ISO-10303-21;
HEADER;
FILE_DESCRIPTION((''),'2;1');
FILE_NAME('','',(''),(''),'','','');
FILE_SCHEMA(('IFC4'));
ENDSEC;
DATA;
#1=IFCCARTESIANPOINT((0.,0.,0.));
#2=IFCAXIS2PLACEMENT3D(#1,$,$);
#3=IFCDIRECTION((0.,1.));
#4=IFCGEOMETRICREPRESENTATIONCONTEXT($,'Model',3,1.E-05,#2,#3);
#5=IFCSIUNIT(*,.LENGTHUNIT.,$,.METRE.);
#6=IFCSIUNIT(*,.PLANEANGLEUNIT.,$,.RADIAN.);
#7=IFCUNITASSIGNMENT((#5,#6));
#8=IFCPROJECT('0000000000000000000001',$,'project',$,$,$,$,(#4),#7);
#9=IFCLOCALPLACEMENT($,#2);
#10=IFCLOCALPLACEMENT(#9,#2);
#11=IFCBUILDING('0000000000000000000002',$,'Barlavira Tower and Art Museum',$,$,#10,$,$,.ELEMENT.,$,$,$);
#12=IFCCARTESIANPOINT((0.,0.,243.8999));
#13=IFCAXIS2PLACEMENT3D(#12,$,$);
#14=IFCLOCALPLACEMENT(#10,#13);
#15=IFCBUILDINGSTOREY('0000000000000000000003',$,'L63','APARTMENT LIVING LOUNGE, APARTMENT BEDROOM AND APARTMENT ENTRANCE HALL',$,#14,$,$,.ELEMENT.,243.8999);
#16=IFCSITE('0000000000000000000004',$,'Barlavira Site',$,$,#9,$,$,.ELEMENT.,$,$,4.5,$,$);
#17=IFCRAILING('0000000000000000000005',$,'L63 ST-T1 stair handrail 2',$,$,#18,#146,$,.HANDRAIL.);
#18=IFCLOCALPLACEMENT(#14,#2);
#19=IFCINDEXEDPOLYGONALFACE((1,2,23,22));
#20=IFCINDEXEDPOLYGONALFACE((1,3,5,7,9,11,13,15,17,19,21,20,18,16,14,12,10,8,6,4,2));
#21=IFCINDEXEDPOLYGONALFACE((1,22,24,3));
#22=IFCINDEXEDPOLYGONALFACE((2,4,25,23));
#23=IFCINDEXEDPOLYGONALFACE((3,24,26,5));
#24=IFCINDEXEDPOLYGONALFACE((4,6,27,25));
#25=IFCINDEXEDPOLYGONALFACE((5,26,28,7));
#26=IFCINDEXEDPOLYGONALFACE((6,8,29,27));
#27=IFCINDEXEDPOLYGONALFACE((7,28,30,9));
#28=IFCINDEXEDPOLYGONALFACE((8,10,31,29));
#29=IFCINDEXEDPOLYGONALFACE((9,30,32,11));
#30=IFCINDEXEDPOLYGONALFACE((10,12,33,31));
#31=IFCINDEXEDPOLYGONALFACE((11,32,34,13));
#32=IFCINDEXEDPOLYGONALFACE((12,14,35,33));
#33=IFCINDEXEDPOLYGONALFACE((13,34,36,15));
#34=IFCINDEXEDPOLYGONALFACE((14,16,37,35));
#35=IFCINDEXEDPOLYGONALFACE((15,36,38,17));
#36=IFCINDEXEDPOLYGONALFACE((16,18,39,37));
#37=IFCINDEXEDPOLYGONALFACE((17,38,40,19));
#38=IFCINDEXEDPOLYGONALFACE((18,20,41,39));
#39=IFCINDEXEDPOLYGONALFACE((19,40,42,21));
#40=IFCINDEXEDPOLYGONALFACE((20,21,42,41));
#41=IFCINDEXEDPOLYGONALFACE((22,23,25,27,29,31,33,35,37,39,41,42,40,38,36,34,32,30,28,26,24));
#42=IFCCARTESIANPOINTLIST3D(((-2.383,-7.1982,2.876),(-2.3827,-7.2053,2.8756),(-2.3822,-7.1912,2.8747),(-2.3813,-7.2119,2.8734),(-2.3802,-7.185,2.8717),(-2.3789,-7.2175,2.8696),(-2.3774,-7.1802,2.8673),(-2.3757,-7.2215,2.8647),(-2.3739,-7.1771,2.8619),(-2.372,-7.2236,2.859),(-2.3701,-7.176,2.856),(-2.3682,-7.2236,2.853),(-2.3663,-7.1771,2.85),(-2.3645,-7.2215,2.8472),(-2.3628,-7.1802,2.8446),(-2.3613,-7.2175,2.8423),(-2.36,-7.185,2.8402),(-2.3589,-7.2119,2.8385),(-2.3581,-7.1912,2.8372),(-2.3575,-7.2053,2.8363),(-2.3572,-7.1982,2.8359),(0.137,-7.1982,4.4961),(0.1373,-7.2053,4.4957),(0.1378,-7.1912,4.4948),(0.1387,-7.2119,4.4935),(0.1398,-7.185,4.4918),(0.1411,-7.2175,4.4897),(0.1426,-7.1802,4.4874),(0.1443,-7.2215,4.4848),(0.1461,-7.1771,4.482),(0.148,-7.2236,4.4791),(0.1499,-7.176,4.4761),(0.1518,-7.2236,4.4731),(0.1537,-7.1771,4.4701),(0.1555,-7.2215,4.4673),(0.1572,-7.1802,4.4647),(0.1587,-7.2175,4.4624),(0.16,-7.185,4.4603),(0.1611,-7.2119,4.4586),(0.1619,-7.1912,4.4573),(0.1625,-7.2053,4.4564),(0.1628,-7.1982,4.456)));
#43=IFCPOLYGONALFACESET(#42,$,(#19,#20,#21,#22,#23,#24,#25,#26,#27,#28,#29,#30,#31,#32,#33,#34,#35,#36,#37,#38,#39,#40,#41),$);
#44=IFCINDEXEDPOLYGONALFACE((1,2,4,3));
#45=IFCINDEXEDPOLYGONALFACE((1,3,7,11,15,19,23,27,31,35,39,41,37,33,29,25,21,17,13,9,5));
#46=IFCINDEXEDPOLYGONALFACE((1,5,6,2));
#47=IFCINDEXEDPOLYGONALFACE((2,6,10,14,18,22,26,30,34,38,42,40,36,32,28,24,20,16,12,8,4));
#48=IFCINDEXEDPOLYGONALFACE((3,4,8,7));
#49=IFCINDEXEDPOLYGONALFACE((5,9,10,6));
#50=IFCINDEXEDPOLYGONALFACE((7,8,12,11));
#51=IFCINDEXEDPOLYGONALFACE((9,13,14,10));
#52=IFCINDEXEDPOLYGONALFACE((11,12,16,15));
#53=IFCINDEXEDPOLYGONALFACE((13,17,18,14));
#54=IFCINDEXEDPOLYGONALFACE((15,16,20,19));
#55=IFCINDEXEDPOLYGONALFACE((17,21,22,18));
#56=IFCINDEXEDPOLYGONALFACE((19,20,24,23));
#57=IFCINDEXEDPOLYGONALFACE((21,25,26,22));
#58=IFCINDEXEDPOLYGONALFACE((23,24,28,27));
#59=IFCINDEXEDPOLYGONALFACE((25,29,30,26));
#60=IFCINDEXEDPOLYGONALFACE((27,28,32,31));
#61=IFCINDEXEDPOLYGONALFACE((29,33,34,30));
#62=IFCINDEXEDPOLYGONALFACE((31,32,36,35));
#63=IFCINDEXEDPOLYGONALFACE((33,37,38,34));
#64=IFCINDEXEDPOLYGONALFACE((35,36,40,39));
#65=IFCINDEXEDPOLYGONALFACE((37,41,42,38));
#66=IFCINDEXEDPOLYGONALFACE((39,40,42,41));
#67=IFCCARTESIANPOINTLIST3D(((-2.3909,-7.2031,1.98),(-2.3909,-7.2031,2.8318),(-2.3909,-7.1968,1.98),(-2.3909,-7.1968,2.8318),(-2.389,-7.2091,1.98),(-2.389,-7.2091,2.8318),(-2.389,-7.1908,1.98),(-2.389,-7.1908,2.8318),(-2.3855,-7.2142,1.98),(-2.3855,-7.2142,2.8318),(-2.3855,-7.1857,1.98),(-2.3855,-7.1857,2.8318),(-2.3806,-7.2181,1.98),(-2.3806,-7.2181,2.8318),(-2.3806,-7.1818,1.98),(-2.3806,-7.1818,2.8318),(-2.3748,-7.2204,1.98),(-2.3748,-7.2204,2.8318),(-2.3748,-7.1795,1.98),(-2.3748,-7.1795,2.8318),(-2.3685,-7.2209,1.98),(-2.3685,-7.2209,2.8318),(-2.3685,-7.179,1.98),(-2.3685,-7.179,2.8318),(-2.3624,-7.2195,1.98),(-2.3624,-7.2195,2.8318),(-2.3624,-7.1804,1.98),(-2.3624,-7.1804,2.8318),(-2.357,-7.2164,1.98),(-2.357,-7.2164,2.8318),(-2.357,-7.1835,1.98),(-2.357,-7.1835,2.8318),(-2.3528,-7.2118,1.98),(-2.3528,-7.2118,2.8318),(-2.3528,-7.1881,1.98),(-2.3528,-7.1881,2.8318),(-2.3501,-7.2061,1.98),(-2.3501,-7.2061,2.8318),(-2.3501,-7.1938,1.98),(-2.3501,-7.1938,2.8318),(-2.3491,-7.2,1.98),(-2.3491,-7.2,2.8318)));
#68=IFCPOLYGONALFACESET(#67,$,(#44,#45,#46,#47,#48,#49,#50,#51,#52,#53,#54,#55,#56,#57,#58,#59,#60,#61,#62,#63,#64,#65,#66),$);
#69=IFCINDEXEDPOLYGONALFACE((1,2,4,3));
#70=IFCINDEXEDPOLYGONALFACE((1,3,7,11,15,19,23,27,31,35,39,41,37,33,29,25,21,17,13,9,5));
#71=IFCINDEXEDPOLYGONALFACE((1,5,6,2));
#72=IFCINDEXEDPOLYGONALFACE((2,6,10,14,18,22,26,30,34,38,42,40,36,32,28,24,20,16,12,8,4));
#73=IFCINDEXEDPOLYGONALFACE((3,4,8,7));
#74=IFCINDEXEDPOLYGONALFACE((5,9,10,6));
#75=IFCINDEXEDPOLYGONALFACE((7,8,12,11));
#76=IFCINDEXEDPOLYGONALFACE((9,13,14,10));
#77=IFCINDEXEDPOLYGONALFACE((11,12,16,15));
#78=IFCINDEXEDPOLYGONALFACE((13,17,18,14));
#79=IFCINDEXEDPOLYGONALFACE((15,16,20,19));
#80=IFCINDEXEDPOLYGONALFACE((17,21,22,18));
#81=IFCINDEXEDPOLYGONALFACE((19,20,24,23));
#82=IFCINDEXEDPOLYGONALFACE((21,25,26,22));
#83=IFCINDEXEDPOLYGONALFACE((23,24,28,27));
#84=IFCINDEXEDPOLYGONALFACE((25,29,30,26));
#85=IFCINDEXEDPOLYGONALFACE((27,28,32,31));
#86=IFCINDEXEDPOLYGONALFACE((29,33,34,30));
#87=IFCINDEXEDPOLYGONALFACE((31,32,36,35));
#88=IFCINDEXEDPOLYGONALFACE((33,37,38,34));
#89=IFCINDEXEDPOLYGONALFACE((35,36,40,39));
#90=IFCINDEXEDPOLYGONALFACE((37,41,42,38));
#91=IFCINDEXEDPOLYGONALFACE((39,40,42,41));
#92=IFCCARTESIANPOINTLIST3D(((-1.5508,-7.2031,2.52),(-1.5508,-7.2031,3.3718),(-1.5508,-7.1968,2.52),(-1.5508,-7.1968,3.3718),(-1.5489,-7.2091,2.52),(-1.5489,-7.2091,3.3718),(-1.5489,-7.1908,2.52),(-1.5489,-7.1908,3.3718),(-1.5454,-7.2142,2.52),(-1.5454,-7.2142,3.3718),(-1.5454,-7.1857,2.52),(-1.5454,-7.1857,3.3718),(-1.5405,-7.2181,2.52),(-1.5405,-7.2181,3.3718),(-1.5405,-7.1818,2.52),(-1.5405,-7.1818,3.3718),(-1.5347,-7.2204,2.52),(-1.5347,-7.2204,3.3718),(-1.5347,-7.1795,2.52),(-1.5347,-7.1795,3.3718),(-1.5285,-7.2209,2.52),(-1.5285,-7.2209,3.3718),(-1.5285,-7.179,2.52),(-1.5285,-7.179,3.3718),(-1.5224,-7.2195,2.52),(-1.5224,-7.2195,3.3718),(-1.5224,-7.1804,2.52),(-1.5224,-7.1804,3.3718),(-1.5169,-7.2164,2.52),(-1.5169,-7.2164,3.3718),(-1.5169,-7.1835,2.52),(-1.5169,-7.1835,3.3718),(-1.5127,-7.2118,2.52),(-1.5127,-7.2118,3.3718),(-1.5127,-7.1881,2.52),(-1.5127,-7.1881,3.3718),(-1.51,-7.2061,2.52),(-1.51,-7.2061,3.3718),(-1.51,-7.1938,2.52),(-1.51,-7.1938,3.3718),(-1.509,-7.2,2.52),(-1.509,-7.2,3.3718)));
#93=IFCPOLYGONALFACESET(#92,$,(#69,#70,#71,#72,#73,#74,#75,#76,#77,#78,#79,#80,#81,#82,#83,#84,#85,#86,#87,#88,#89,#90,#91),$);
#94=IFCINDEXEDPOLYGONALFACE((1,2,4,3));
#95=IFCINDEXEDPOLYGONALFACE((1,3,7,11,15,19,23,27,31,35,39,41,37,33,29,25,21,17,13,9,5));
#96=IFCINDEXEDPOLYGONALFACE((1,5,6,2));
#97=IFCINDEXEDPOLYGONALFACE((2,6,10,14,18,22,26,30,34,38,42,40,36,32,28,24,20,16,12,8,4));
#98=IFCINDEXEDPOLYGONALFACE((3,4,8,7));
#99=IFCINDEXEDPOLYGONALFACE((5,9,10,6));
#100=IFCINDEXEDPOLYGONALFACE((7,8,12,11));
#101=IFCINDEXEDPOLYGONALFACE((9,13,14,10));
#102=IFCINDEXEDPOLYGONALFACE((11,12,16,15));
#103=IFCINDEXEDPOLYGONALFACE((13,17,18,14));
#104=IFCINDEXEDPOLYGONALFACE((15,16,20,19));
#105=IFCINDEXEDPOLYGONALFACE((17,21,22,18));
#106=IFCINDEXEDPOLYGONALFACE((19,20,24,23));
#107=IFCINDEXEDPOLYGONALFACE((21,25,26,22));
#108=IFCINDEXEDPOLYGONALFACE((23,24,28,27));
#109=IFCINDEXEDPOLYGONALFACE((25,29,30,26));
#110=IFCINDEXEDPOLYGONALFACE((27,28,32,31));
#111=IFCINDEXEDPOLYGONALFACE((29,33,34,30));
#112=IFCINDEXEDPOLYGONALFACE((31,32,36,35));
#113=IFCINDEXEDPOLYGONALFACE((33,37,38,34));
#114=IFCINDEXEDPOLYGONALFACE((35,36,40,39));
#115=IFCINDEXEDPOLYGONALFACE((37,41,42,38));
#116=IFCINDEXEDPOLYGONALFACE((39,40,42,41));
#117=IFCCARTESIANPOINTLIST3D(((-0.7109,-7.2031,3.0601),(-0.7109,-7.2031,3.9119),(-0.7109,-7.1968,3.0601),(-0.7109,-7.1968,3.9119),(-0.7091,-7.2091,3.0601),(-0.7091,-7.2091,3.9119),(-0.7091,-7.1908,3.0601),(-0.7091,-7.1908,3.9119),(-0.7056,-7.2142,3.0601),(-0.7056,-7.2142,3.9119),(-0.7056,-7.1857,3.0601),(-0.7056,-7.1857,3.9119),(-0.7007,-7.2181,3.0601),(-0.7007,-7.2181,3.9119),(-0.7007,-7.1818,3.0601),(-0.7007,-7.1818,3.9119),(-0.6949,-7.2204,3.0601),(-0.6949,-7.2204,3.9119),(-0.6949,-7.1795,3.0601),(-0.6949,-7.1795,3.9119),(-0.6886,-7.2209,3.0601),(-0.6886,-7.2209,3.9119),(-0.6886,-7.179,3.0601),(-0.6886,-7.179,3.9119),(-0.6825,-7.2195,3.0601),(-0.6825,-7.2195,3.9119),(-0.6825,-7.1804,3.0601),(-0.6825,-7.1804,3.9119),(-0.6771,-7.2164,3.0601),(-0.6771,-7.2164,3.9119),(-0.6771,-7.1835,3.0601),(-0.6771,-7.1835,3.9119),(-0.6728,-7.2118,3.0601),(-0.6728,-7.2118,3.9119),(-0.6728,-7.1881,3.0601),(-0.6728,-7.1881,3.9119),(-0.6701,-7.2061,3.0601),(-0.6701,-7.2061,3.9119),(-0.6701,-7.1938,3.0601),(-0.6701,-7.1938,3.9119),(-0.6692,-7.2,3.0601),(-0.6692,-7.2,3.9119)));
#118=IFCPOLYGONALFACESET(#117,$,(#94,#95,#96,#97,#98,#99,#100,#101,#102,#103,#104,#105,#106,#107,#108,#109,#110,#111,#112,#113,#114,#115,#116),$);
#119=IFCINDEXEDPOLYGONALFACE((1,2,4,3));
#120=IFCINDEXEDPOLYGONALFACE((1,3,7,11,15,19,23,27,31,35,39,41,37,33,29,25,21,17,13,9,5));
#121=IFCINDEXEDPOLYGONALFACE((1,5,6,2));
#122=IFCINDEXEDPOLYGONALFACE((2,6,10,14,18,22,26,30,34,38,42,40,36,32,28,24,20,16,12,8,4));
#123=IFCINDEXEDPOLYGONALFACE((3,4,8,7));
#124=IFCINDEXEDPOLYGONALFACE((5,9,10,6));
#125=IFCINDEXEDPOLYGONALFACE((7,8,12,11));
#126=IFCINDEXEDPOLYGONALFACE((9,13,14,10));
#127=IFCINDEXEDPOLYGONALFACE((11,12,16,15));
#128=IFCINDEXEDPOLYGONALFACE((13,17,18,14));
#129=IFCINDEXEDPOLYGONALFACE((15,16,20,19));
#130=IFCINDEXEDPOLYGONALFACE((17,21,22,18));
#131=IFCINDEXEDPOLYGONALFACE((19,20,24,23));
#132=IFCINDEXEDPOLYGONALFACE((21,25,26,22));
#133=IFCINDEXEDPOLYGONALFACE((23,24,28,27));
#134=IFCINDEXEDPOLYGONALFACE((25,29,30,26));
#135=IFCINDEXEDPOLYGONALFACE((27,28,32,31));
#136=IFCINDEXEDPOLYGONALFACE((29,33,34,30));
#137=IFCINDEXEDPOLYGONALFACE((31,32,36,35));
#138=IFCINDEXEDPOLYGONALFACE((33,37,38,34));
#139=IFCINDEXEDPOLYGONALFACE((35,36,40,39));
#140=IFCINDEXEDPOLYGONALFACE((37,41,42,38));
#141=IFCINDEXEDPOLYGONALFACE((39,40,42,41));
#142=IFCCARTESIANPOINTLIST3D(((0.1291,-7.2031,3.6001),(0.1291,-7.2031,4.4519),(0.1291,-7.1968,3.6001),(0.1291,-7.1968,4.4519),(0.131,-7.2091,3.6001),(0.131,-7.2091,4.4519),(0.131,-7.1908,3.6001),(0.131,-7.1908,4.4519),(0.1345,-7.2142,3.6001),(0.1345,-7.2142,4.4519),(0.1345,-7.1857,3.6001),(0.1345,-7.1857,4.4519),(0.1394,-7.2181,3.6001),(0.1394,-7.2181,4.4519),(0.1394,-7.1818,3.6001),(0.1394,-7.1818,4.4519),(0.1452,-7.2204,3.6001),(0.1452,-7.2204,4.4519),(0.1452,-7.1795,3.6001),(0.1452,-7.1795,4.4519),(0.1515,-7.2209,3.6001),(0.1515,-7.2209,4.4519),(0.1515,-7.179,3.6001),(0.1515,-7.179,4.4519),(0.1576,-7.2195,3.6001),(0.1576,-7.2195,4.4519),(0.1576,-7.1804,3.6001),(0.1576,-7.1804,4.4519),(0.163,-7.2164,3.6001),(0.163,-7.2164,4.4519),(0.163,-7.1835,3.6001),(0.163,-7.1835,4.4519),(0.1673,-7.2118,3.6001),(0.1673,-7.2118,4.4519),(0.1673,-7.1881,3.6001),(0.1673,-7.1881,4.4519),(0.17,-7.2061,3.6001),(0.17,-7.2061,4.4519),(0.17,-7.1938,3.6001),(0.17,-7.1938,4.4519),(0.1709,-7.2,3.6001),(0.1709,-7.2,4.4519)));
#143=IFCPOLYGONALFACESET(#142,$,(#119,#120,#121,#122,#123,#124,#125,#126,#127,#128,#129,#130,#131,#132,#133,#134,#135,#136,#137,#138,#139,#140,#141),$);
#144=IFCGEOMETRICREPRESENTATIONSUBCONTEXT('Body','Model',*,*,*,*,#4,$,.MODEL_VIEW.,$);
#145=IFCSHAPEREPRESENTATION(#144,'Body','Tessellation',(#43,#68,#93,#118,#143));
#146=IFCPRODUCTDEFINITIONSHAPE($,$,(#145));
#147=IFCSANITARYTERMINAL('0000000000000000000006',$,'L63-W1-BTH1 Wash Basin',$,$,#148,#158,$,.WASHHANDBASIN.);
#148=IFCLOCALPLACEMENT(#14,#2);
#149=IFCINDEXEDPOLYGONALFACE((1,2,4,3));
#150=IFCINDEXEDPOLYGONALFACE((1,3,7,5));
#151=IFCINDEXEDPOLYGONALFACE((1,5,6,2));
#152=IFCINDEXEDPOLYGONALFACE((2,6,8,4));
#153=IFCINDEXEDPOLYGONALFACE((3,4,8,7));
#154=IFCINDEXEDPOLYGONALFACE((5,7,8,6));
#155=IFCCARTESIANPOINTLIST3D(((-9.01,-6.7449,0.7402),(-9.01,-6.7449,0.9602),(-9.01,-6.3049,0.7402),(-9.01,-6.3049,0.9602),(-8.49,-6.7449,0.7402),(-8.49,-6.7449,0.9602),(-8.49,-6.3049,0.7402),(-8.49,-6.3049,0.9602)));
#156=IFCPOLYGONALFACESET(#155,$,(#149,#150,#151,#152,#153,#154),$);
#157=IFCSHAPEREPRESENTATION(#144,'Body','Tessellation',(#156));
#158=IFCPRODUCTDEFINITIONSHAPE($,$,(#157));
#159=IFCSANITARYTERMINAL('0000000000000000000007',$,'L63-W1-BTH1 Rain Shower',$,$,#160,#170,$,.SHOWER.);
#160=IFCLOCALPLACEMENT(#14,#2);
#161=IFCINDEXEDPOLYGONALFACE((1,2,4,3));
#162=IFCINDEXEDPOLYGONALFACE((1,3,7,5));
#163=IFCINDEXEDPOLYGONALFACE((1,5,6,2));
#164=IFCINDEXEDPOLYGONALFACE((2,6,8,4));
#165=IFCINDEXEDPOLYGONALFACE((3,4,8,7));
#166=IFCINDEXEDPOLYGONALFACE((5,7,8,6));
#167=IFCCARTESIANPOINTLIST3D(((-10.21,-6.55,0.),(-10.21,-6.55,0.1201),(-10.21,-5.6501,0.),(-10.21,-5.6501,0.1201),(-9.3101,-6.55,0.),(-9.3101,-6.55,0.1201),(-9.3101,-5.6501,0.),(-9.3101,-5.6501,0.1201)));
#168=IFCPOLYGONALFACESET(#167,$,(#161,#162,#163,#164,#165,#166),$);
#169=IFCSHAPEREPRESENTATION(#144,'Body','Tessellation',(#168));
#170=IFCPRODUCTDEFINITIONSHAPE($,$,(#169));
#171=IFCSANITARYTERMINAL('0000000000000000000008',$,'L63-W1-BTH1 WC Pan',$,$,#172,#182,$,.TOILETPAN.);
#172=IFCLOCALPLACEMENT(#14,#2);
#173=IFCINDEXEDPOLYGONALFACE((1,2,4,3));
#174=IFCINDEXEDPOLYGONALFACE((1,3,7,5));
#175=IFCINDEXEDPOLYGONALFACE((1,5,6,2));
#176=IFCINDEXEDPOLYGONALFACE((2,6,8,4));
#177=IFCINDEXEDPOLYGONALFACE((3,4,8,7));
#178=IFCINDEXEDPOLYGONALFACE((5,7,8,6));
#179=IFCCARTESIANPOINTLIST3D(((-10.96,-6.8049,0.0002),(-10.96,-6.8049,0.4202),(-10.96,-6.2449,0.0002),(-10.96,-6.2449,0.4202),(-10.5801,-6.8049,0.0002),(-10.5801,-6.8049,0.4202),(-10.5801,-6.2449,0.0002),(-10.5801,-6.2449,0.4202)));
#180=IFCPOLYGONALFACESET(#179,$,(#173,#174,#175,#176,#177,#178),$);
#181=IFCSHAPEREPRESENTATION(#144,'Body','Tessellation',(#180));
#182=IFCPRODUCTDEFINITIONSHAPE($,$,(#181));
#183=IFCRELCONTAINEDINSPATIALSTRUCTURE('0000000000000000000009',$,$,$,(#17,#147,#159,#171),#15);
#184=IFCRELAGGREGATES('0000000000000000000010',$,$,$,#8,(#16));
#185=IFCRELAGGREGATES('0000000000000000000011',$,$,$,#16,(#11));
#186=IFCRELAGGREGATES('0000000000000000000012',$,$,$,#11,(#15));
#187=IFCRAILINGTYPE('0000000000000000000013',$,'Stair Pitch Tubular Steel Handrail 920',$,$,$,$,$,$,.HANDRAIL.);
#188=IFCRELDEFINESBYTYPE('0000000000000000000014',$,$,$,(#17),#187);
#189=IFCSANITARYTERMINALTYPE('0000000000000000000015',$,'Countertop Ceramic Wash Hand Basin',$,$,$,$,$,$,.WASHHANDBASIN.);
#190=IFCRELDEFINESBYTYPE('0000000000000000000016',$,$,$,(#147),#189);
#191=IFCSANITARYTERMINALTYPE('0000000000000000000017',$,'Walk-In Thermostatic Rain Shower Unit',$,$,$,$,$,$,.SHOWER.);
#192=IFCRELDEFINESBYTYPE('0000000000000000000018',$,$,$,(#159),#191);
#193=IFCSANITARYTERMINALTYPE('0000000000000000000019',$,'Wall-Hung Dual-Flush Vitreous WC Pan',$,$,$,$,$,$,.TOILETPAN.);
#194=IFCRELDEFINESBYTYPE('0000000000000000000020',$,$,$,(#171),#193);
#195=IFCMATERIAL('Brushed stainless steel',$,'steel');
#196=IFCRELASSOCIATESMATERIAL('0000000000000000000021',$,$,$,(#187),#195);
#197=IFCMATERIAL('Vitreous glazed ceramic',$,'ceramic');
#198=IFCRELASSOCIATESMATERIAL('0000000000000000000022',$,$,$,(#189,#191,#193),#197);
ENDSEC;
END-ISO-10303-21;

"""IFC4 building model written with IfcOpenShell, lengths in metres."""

from ifc_helpers import new_model, si_unit, direction, frame, origin, origin_2d, place, context, subcontext, project, spatial, rectangle, circle, extrude, material, type_object, element, save


model = new_model("IFC4")

# Units and contexts
model_context = context("Model", 3, precision=1e-05, world=origin(), true_north=direction((0.0, 1.0)))
body_context = subcontext(model_context, "Body", "Model", "MODEL_VIEW")
ifc_project = project(units=[si_unit("LENGTHUNIT", "METRE"), si_unit("PLANEANGLEUNIT", "RADIAN")], contexts=[model_context])

# Site, building, storey
site_placement = place(None, origin())
site = spatial("IfcSite", under=ifc_project, at=site_placement, Name="Barlavira Site", CompositionType="ELEMENT", RefElevation=4.5)
building_placement = place(site_placement, origin())
building = spatial("IfcBuilding", under=site, at=building_placement, Name="Barlavira Tower and Art Museum", CompositionType="ELEMENT")
storey_placement = place(building_placement, frame((0.0, 0.0, 243.8999)))
storey = spatial("IfcBuildingStorey", under=building, at=storey_placement, Name="L63", Description="APARTMENT LIVING LOUNGE, APARTMENT BEDROOM AND APARTMENT ENTRANCE HALL", CompositionType="ELEMENT", Elevation=243.8999)

# Shared definitions
ifc_material_1 = material(Name="Brushed stainless steel", Category="steel")

# Railing
railing_type_1 = type_object("IfcRailingType", Name="Stair Pitch Tubular Steel Handrail 920", PredefinedType="HANDRAIL", material=ifc_material_1)
railing_1_placement = place(storey_placement, frame((-2.3701, -7.2, 1.98)))
element("IfcRailing", 1, at=railing_1_placement, inside=storey, type_object=railing_type_1, Name="L63 ST-T1 stair handrail 2", PredefinedType="HANDRAIL", context=body_context, shape_type="SweptSolid", body=[
    extrude(circle(Radius=0.0239, at=origin_2d()), frame((0.0, 0.0, 0.876), z_axis=(0.841163, 0.0, 0.540782), x_axis=(0.0, 1.0, 0.0)), (0.0, 0.0, 1.0), 2.9958),
    extrude(circle(Radius=0.021, at=origin_2d()), origin(), (0.0, 0.0, 1.0), 0.8518),
    extrude(circle(Radius=0.021, at=origin_2d()), frame((0.8401, 0.0, 0.54)), (0.0, 0.0, 1.0), 0.8518),
    extrude(circle(Radius=0.021, at=origin_2d()), frame((1.6799, 0.0, 1.0801)), (0.0, 0.0, 1.0), 0.8518),
    extrude(circle(Radius=0.021, at=origin_2d()), frame((2.52, 0.0, 1.6201)), (0.0, 0.0, 1.0), 0.8518),
])

# Sanitary terminals
ifc_material_2 = material(Name="Vitreous glazed ceramic", Category="ceramic")
sanitary_terminal_type_1 = type_object("IfcSanitaryTerminalType", Name="Countertop Ceramic Wash Hand Basin", PredefinedType="WASHHANDBASIN", material=ifc_material_2)
sanitary_terminal_1_placement = place(storey_placement, frame((-8.75, -6.5249, 0.7402), z_axis=(0.0, 0.0, 1.0), x_axis=(1.0, 0.0, 0.0)))
element("IfcSanitaryTerminal", 2, at=sanitary_terminal_1_placement, inside=storey, type_object=sanitary_terminal_type_1, Name="L63-W1-BTH1 Wash Basin", PredefinedType="WASHHANDBASIN", context=body_context, shape_type="SweptSolid", body=[
    extrude(rectangle(XDim=0.52, YDim=0.4399, at=origin_2d()), origin(), (0.0, 0.0, 1.0), 0.22),
])
sanitary_terminal_type_2 = type_object("IfcSanitaryTerminalType", Name="Walk-In Thermostatic Rain Shower Unit", PredefinedType="SHOWER", material=ifc_material_2)
sanitary_terminal_2_placement = place(storey_placement, frame((-9.76, -6.1001, 0.0), z_axis=(0.0, 0.0, 1.0), x_axis=(1.0, 0.0, 0.0)))
element("IfcSanitaryTerminal", 3, at=sanitary_terminal_2_placement, inside=storey, type_object=sanitary_terminal_type_2, Name="L63-W1-BTH1 Rain Shower", PredefinedType="SHOWER", context=body_context, shape_type="SweptSolid", body=[
    extrude(rectangle(XDim=0.8999, YDim=0.8999, at=origin_2d()), origin(), (0.0, 0.0, 1.0), 0.1201),
])
sanitary_terminal_type_3 = type_object("IfcSanitaryTerminalType", Name="Wall-Hung Dual-Flush Vitreous WC Pan", PredefinedType="TOILETPAN", material=ifc_material_2)
sanitary_terminal_3_placement = place(storey_placement, frame((-10.77, -6.5249, 0.0002), z_axis=(0.0, 0.0, 1.0), x_axis=(1.0, 0.0, 0.0)))
element("IfcSanitaryTerminal", 4, at=sanitary_terminal_3_placement, inside=storey, type_object=sanitary_terminal_type_3, Name="L63-W1-BTH1 WC Pan", PredefinedType="TOILETPAN", context=body_context, shape_type="SweptSolid", body=[
    extrude(rectangle(XDim=0.3799, YDim=0.5601, at=origin_2d()), origin(), (0.0, 0.0, 1.0), 0.4199),
])

save(model, "model.ifc")
